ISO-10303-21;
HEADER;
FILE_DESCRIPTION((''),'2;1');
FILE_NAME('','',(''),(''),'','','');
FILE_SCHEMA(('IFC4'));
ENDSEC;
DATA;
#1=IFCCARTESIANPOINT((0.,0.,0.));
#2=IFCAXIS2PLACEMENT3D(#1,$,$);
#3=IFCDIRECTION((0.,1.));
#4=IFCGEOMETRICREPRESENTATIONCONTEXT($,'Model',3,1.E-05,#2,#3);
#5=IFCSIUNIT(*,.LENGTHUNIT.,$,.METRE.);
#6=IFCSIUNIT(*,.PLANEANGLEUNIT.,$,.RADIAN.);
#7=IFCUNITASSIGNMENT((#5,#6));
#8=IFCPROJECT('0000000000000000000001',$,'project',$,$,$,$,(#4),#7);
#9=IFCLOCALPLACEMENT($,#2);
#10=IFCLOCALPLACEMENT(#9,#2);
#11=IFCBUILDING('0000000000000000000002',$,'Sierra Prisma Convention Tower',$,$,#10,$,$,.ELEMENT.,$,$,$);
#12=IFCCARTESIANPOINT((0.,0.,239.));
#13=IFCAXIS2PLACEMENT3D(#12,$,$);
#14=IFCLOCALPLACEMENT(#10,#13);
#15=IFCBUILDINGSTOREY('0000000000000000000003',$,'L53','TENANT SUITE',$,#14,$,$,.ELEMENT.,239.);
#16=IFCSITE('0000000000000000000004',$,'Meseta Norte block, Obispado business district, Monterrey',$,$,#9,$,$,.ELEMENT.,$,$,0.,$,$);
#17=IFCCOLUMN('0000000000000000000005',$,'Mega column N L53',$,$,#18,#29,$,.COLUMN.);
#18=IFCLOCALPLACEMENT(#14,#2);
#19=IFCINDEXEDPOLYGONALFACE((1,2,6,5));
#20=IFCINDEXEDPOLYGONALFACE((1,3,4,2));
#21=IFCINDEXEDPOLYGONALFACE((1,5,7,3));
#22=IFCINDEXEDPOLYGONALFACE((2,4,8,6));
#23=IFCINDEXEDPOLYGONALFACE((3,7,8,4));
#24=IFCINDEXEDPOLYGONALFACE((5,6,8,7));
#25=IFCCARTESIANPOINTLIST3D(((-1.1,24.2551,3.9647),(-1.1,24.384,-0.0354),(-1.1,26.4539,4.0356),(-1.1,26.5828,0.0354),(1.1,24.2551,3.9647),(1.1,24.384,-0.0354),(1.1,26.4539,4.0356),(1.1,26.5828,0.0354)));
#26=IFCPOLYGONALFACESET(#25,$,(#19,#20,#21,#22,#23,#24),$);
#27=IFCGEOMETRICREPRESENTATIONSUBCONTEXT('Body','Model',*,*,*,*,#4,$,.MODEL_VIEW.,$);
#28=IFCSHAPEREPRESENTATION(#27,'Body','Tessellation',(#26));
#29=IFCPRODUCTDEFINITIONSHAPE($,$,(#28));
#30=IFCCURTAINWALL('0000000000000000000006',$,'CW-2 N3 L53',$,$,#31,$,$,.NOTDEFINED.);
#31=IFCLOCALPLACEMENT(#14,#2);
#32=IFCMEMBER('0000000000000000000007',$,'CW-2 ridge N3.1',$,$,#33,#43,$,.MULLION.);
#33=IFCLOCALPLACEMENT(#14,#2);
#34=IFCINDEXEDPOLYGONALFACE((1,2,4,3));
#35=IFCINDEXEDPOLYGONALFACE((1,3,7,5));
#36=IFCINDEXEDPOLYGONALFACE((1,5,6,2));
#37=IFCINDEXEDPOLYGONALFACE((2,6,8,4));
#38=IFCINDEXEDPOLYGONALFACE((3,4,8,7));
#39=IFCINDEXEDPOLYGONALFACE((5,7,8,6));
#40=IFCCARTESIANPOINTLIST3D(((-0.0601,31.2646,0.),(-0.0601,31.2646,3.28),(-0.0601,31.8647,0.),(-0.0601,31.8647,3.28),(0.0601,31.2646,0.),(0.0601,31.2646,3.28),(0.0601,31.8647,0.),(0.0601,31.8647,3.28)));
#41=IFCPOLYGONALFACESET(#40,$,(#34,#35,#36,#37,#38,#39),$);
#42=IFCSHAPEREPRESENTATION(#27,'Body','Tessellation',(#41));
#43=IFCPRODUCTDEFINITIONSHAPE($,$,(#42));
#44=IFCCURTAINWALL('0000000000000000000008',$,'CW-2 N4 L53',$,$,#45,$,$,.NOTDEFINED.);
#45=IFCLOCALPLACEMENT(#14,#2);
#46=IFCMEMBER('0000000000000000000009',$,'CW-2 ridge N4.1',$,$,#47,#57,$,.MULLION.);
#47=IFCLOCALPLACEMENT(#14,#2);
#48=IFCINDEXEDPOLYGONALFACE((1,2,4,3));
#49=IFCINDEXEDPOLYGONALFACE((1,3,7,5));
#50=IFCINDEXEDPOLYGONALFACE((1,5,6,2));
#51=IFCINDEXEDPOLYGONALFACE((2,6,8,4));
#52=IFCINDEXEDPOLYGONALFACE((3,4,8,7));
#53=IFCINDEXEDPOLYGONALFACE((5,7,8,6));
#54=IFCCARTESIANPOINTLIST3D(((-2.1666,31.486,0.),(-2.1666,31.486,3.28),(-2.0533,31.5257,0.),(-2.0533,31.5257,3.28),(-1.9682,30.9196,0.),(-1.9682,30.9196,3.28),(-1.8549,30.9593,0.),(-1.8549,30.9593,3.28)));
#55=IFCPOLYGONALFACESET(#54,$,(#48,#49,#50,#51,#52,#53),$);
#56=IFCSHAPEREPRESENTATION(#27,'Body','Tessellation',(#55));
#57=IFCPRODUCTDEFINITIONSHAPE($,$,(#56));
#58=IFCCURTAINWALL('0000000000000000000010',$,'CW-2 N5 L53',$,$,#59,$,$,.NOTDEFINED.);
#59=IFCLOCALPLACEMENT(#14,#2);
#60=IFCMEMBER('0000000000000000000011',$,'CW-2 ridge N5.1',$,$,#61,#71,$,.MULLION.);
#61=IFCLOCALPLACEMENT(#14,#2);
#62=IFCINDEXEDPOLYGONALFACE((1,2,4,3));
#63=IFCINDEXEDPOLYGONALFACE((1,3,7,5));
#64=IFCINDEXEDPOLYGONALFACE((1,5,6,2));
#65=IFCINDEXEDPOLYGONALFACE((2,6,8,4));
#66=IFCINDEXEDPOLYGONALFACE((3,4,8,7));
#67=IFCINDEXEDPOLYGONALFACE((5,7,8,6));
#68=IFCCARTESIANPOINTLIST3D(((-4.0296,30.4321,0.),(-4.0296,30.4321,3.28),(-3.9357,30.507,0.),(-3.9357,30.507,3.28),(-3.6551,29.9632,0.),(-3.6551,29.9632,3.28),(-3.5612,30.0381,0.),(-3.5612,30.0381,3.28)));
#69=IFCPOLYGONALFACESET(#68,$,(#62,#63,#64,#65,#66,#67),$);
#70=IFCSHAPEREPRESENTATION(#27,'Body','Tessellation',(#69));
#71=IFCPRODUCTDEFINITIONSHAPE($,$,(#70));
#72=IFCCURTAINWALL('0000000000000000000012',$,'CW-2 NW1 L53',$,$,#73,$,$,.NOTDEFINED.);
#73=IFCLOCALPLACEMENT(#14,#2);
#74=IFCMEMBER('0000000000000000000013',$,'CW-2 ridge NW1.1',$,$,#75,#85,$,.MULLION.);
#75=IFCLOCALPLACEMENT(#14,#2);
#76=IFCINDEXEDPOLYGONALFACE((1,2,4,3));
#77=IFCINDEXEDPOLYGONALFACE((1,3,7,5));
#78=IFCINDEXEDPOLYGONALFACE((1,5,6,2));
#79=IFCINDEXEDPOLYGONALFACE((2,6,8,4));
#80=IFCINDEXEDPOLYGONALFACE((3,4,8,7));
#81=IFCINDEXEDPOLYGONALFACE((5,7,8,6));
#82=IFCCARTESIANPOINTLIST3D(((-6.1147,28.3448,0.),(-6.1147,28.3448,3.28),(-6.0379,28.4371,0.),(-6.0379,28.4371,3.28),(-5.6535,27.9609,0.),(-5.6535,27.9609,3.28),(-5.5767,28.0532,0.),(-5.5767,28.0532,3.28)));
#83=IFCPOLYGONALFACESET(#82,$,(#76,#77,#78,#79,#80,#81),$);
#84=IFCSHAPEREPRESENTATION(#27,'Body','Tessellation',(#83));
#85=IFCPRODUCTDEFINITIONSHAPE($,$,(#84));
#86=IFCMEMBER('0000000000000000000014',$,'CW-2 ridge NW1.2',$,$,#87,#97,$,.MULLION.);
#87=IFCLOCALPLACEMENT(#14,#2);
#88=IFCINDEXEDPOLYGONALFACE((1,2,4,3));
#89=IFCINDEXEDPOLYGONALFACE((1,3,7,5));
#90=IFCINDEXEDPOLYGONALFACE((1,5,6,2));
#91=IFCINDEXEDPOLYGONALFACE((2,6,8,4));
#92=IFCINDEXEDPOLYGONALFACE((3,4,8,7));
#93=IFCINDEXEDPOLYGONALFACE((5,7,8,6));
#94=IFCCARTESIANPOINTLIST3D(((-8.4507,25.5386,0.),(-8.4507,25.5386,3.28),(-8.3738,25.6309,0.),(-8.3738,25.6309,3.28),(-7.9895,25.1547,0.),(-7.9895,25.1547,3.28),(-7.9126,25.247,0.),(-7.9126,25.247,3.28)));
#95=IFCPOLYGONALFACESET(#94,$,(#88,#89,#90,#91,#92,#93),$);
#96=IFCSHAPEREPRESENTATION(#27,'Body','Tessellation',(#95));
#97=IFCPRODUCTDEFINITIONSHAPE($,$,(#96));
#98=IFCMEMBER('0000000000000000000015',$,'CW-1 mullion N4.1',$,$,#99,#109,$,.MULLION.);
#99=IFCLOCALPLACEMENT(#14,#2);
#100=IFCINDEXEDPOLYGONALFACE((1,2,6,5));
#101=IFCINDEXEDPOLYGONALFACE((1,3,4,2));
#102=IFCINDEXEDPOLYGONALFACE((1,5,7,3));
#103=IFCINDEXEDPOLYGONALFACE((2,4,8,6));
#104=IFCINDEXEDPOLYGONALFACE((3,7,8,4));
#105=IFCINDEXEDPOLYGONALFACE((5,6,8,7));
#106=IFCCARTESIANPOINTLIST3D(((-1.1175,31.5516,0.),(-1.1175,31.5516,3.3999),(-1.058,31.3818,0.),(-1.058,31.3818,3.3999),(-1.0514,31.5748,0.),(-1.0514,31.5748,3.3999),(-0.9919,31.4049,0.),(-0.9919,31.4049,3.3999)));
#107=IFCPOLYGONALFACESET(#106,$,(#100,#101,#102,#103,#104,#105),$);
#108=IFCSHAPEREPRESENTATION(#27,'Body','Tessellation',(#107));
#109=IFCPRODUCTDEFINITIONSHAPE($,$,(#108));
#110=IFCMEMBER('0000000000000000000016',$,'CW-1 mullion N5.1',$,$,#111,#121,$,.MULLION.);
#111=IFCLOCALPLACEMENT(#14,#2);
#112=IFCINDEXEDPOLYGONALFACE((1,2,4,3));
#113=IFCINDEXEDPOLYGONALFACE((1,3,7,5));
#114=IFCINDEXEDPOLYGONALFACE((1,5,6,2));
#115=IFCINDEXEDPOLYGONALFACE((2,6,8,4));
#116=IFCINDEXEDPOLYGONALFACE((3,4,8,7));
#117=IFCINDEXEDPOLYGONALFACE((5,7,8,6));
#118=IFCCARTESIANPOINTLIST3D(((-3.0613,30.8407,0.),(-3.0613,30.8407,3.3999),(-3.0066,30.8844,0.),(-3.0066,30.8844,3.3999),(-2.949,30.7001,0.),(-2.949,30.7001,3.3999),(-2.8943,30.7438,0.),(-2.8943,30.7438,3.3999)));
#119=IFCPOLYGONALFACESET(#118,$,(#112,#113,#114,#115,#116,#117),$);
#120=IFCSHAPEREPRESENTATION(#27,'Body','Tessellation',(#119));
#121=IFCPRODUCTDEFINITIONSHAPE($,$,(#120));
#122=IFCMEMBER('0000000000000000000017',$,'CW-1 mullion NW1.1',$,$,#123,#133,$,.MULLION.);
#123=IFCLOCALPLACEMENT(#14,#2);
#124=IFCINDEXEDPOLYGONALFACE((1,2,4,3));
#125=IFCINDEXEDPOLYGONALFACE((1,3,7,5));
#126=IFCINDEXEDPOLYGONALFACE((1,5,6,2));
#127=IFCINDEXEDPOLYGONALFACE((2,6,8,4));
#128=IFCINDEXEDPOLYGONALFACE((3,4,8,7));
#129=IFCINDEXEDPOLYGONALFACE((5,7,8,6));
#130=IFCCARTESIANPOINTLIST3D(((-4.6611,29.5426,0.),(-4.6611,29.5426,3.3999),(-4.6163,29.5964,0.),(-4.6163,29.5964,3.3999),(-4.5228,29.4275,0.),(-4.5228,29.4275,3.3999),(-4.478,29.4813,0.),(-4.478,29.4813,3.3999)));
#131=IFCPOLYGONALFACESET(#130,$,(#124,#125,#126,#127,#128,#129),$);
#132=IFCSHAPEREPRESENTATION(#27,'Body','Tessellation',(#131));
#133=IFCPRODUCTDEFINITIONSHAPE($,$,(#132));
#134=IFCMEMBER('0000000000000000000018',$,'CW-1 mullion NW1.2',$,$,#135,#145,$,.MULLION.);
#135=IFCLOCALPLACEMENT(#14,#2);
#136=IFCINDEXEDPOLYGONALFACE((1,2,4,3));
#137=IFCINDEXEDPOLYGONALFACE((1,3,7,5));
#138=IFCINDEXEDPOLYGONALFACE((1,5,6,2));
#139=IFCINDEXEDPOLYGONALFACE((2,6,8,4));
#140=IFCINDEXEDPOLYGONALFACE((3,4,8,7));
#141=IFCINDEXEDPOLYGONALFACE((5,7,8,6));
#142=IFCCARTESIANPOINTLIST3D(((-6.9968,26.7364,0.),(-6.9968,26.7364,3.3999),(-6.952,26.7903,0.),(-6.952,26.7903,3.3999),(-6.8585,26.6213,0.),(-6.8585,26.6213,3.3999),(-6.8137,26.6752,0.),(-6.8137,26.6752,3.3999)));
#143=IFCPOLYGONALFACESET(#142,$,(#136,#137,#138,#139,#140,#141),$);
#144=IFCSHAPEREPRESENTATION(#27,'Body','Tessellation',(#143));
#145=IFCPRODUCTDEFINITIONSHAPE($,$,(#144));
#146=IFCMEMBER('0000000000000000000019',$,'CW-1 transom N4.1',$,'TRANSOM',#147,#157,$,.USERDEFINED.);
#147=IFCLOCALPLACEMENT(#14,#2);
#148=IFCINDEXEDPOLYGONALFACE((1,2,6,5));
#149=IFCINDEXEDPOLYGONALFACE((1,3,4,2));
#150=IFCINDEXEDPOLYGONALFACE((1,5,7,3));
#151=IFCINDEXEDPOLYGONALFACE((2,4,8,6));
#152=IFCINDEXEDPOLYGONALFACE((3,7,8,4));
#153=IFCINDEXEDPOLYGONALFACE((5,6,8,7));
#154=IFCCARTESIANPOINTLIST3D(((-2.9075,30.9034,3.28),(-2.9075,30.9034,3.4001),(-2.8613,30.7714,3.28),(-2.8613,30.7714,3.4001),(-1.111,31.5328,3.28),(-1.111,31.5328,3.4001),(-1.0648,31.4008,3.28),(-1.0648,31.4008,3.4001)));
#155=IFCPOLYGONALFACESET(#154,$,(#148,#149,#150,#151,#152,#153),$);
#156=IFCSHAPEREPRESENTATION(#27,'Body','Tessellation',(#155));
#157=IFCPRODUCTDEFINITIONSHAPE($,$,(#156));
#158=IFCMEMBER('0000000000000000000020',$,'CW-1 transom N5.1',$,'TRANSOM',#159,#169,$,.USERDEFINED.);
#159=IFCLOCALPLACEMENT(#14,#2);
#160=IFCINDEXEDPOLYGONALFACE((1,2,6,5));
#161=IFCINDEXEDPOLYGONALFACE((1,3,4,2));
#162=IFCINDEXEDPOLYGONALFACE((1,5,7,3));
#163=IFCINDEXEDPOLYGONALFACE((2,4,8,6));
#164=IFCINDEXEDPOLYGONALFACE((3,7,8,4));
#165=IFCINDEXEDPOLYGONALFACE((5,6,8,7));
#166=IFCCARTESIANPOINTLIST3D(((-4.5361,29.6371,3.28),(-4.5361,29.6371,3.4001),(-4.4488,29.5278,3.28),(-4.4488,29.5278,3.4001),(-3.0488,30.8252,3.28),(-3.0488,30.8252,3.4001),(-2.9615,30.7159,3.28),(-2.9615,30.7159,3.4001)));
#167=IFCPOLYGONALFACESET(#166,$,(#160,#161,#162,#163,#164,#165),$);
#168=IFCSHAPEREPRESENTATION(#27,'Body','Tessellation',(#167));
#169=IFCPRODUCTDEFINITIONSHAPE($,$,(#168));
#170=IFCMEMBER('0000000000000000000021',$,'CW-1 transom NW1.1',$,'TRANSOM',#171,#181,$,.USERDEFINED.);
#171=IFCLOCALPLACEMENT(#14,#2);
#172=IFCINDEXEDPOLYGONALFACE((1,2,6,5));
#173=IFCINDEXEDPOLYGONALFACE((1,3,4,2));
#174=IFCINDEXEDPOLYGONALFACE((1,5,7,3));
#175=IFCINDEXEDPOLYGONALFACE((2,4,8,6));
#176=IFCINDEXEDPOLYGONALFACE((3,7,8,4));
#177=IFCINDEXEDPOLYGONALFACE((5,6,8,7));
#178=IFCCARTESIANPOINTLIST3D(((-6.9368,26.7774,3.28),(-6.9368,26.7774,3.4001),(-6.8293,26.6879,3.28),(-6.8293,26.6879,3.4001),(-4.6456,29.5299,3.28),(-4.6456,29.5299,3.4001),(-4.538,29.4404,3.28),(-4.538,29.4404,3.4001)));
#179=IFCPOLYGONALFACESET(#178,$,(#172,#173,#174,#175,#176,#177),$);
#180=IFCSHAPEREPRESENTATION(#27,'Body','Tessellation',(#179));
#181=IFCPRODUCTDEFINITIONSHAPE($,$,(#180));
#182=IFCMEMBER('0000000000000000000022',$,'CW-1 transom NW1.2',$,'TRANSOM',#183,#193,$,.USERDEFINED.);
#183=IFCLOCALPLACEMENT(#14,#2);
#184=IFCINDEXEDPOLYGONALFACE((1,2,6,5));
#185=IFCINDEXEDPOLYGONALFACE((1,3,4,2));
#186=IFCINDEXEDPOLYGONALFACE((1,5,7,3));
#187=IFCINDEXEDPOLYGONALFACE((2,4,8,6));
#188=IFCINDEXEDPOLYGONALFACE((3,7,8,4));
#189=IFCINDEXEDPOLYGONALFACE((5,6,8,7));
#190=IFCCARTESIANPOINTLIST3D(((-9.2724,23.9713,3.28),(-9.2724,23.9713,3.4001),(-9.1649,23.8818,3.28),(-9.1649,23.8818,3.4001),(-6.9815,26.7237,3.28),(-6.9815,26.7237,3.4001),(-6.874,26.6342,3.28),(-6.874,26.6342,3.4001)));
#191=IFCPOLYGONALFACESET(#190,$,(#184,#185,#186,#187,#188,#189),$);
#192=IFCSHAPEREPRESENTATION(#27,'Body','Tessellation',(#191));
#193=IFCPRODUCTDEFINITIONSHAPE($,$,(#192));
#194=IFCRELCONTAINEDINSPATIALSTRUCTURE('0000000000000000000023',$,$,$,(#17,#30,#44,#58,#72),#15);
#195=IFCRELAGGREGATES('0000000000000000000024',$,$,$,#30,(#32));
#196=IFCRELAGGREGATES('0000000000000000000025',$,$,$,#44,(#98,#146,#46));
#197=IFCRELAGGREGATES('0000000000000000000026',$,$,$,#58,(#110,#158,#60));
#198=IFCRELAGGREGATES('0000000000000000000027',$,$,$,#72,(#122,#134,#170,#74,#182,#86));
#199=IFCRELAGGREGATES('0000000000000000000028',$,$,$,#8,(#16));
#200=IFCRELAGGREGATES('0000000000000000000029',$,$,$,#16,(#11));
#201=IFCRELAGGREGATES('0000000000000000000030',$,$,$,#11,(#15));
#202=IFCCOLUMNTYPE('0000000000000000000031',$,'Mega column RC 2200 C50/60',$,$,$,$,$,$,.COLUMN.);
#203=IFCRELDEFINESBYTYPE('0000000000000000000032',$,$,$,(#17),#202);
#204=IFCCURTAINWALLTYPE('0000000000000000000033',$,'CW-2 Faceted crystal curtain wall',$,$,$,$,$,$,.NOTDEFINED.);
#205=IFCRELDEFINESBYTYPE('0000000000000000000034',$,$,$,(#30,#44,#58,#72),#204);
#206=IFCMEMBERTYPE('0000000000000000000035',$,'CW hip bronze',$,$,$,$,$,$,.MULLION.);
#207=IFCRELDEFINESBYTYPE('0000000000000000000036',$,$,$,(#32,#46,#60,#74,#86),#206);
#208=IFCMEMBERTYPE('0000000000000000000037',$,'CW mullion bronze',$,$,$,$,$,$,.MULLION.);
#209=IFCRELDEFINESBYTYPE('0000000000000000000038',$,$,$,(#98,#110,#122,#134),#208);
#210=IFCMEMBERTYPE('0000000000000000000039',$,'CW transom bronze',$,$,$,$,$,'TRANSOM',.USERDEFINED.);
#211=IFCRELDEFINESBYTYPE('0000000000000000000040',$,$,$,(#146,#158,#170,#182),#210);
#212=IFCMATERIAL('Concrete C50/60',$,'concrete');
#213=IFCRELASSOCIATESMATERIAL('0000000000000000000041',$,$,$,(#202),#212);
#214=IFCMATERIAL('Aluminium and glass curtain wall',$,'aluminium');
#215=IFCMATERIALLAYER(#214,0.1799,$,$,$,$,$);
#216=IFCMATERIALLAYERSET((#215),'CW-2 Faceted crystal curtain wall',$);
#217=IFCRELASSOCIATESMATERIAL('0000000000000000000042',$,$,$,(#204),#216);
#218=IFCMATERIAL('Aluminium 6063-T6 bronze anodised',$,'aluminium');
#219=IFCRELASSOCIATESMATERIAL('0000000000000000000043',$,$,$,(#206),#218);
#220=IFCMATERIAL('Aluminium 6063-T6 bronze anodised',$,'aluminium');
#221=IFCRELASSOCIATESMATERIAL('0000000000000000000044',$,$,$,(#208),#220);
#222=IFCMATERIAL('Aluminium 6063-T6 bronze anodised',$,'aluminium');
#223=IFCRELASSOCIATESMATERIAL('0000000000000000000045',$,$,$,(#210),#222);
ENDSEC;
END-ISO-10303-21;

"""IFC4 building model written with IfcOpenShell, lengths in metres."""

from ifc_helpers import new_model, si_unit, direction, frame, origin, origin_2d, place, context, subcontext, project, spatial, rectangle, extrude, material, layer, layer_set, material_profile, profile_set, type_object, element, aggregate, save


model = new_model("IFC4")

# Units and contexts
model_context = context("Model", 3, precision=1e-05, world=origin(), true_north=direction((0.0, 1.0)))
body_context = subcontext(model_context, "Body", "Model", "MODEL_VIEW")
ifc_project = project(units=[si_unit("LENGTHUNIT", "METRE"), si_unit("PLANEANGLEUNIT", "RADIAN")], contexts=[model_context])

# Site, building, storey
site_placement = place(None, origin())
site = spatial("IfcSite", under=ifc_project, at=site_placement, Name="Meseta Norte block, Obispado business district, Monterrey", CompositionType="ELEMENT", RefElevation=0.0)
building_placement = place(site_placement, origin())
building = spatial("IfcBuilding", under=site, at=building_placement, Name="Sierra Prisma Convention Tower", CompositionType="ELEMENT")
storey_placement = place(building_placement, frame((0.0, 0.0, 239.0)))
storey = spatial("IfcBuildingStorey", under=building, at=storey_placement, Name="L53", Description="TENANT SUITE", CompositionType="ELEMENT", Elevation=239.0)

# Column
ifc_material_1 = material(Name="Concrete C50/60", Category="concrete")
ifc_material_profile_1 = material_profile(ifc_material_1, rectangle(XDim=2.2, YDim=2.2, at=origin_2d()), Name="Mega column RC 2200 C50/60")
ifc_profile_set_1 = profile_set([ifc_material_profile_1], Name="Concrete C50/60")
column_type = type_object("IfcColumnType", Name="Mega column RC 2200 C50/60", PredefinedType="COLUMN", material=ifc_profile_set_1)
column_placement = place(storey_placement, frame((0.0, 25.4834, 0.0), z_axis=(0.0, -0.03221, 0.999481), x_axis=(1.0, 0.0, 0.0)))
element("IfcColumn", 1, at=column_placement, inside=storey, type_object=column_type, Name="Mega column N L53", PredefinedType="COLUMN", context=body_context, shape_type="SweptSolid", body=[
    extrude(rectangle(XDim=2.2, YDim=2.2, at=origin_2d()), origin(), (0.0, 0.0, 1.0), 4.0022),
])

# Curtain walls, members
ifc_material_2 = material(Name="Aluminium and glass curtain wall", Category="aluminium")
ifc_layer_1 = layer(ifc_material_2, 0.1799)
ifc_layer_set_1 = layer_set([ifc_layer_1], Name="CW-2 Faceted crystal curtain wall")
curtain_wall_type = type_object("IfcCurtainWallType", Name="CW-2 Faceted crystal curtain wall", PredefinedType="NOTDEFINED", material=ifc_layer_set_1)
curtain_wall_1_placement = place(storey_placement, origin())
curtain_wall_1 = element("IfcCurtainWall", 2, at=curtain_wall_1_placement, inside=storey, type_object=curtain_wall_type, Name="CW-2 N3 L53", PredefinedType="NOTDEFINED")
ifc_material_3 = material(Name="Aluminium 6063-T6 bronze anodised", Category="aluminium")
ifc_material_profile_2 = material_profile(ifc_material_3, rectangle(XDim=0.1201, YDim=0.6001, at=origin_2d()), Name="ALU RIDGE BLADE 120x600")
ifc_profile_set_2 = profile_set([ifc_material_profile_2], Name="Aluminium 6063-T6 bronze anodised")
member_type_1 = type_object("IfcMemberType", Name="CW hip bronze", PredefinedType="MULLION", material=ifc_profile_set_2)
member_1_placement = place(storey_placement, frame((0.0, 31.5647, 0.0), z_axis=(0.0, 0.0, 1.0), x_axis=(-1.0, 0.0, 0.0)))
member_1 = element("IfcMember", 3, at=member_1_placement, type_object=member_type_1, Name="CW-2 ridge N3.1", PredefinedType="MULLION", context=body_context, shape_type="SweptSolid", body=[
    extrude(rectangle(XDim=0.1201, YDim=0.6001, at=origin_2d()), origin(), (0.0, 0.0, 1.0), 3.28),
])
curtain_wall_2_placement = place(storey_placement, origin())
curtain_wall_2 = element("IfcCurtainWall", 4, at=curtain_wall_2_placement, inside=storey, type_object=curtain_wall_type, Name="CW-2 N4 L53", PredefinedType="NOTDEFINED")
member_2_placement = place(storey_placement, frame((-2.0107, 31.2227, 0.0), z_axis=(0.0, 0.0, 1.0), x_axis=(-0.943754, -0.330649, 0.0)))
member_2 = element("IfcMember", 5, at=member_2_placement, type_object=member_type_1, Name="CW-2 ridge N4.1", PredefinedType="MULLION", context=body_context, shape_type="SweptSolid", body=[
    extrude(rectangle(XDim=0.1201, YDim=0.6001, at=origin_2d()), origin(), (0.0, 0.0, 1.0), 3.28),
])
curtain_wall_3_placement = place(storey_placement, origin())
curtain_wall_3 = element("IfcCurtainWall", 6, at=curtain_wall_3_placement, inside=storey, type_object=curtain_wall_type, Name="CW-2 N5 L53", PredefinedType="NOTDEFINED")
member_3_placement = place(storey_placement, frame((-3.7954, 30.2351, 0.0), z_axis=(0.0, 0.0, 1.0), x_axis=(-0.781342, -0.624103, 0.0)))
member_3 = element("IfcMember", 7, at=member_3_placement, type_object=member_type_1, Name="CW-2 ridge N5.1", PredefinedType="MULLION", context=body_context, shape_type="SweptSolid", body=[
    extrude(rectangle(XDim=0.1201, YDim=0.6001, at=origin_2d()), origin(), (0.0, 0.0, 1.0), 3.28),
])

# Curtain wall, members
curtain_wall_4_placement = place(storey_placement, origin())
curtain_wall_4 = element("IfcCurtainWall", 8, at=curtain_wall_4_placement, inside=storey, type_object=curtain_wall_type, Name="CW-2 NW1 L53", PredefinedType="NOTDEFINED")
member_4_placement = place(storey_placement, frame((-5.8457, 28.199, 0.0), z_axis=(0.0, 0.0, 1.0), x_axis=(-0.639769, -0.768567, 0.0)))
member_4 = element("IfcMember", 9, at=member_4_placement, type_object=member_type_1, Name="CW-2 ridge NW1.1", PredefinedType="MULLION", context=body_context, shape_type="SweptSolid", body=[
    extrude(rectangle(XDim=0.1201, YDim=0.6001, at=origin_2d()), origin(), (0.0, 0.0, 1.0), 3.28),
])
member_5_placement = place(storey_placement, frame((-8.1816, 25.3928, 0.0), z_axis=(0.0, 0.0, 1.0), x_axis=(-0.639769, -0.768567, 0.0)))
member_5 = element("IfcMember", 10, at=member_5_placement, type_object=member_type_1, Name="CW-2 ridge NW1.2", PredefinedType="MULLION", context=body_context, shape_type="SweptSolid", body=[
    extrude(rectangle(XDim=0.1201, YDim=0.6001, at=origin_2d()), origin(), (0.0, 0.0, 1.0), 3.28),
])

# Members
ifc_material_4 = material(Name="Aluminium 6063-T6 bronze anodised", Category="aluminium")
ifc_material_profile_3 = material_profile(ifc_material_4, rectangle(XDim=0.1799, YDim=0.0701, at=origin_2d()), Name="ALU MULLION 70x180")
ifc_profile_set_3 = profile_set([ifc_material_profile_3], Name="Aluminium 6063-T6 bronze anodised")
member_type_2 = type_object("IfcMemberType", Name="CW mullion bronze", PredefinedType="MULLION", material=ifc_profile_set_3)
member_6_placement = place(storey_placement, frame((-1.0547, 31.4783, 0.0), z_axis=(0.0, 0.0, 1.0), x_axis=(0.330649, -0.943754, 0.0)))
member_6 = element("IfcMember", 11, at=member_6_placement, type_object=member_type_2, Name="CW-1 mullion N4.1", PredefinedType="MULLION", context=body_context, shape_type="SweptSolid", body=[
    extrude(rectangle(XDim=0.1799, YDim=0.0701, at=origin_2d()), origin(), (0.0, 0.0, 1.0), 3.3999),
])
member_7_placement = place(storey_placement, frame((-2.9778, 30.7922, 0.0), z_axis=(0.0, 0.0, 1.0), x_axis=(0.624103, -0.781342, 0.0)))
member_7 = element("IfcMember", 12, at=member_7_placement, type_object=member_type_2, Name="CW-1 mullion N5.1", PredefinedType="MULLION", context=body_context, shape_type="SweptSolid", body=[
    extrude(rectangle(XDim=0.1799, YDim=0.0701, at=origin_2d()), origin(), (0.0, 0.0, 1.0), 3.3999),
])
member_8_placement = place(storey_placement, frame((-4.5696, 29.512, 0.0), z_axis=(0.0, 0.0, 1.0), x_axis=(0.768567, -0.639769, 0.0)))
member_8 = element("IfcMember", 13, at=member_8_placement, type_object=member_type_2, Name="CW-1 mullion NW1.1", PredefinedType="MULLION", context=body_context, shape_type="SweptSolid", body=[
    extrude(rectangle(XDim=0.1799, YDim=0.0701, at=origin_2d()), origin(), (0.0, 0.0, 1.0), 3.3999),
])
member_9_placement = place(storey_placement, frame((-6.9053, 26.7058, 0.0), z_axis=(0.0, 0.0, 1.0), x_axis=(0.768567, -0.639769, 0.0)))
member_9 = element("IfcMember", 14, at=member_9_placement, type_object=member_type_2, Name="CW-1 mullion NW1.2", PredefinedType="MULLION", context=body_context, shape_type="SweptSolid", body=[
    extrude(rectangle(XDim=0.1799, YDim=0.0701, at=origin_2d()), origin(), (0.0, 0.0, 1.0), 3.3999),
])
ifc_material_5 = material(Name="Aluminium 6063-T6 bronze anodised", Category="aluminium")
ifc_material_profile_4 = material_profile(ifc_material_5, rectangle(XDim=0.1399, YDim=0.1201, at=origin_2d()), Name="ALU TRANSOM 120x140")
ifc_profile_set_4 = profile_set([ifc_material_profile_4], Name="Aluminium 6063-T6 bronze anodised")
member_type_3 = type_object("IfcMemberType", Name="CW transom bronze", ElementType="TRANSOM", PredefinedType="USERDEFINED", material=ifc_profile_set_4)
member_10_placement = place(storey_placement, frame((-1.0879, 31.4668, 3.3401), z_axis=(-0.94375, -0.330659, 0.0), x_axis=(0.330659, -0.94375, 0.0)))
member_10 = element("IfcMember", 15, at=member_10_placement, type_object=member_type_3, Name="CW-1 transom N4.1", ObjectType="TRANSOM", PredefinedType="USERDEFINED", context=body_context, shape_type="SweptSolid", body=[
    extrude(rectangle(XDim=0.1399, YDim=0.1201, at=origin_2d()), origin(), (0.0, 0.0, 1.0), 1.9036),
])
member_11_placement = place(storey_placement, frame((-3.0051, 30.7705, 3.3401), z_axis=(-0.781344, -0.624101, 0.0), x_axis=(0.624101, -0.781344, 0.0)))
member_11 = element("IfcMember", 16, at=member_11_placement, type_object=member_type_3, Name="CW-1 transom N5.1", ObjectType="TRANSOM", PredefinedType="USERDEFINED", context=body_context, shape_type="SweptSolid", body=[
    extrude(rectangle(XDim=0.1399, YDim=0.1201, at=origin_2d()), origin(), (0.0, 0.0, 1.0), 1.9036),
])
member_12_placement = place(storey_placement, frame((-4.5918, 29.4851, 3.3401), z_axis=(-0.639782, -0.768556, 0.0), x_axis=(0.768556, -0.639782, 0.0)))
member_12 = element("IfcMember", 17, at=member_12_placement, type_object=member_type_3, Name="CW-1 transom NW1.1", ObjectType="TRANSOM", PredefinedType="USERDEFINED", context=body_context, shape_type="SweptSolid", body=[
    extrude(rectangle(XDim=0.1399, YDim=0.1201, at=origin_2d()), origin(), (0.0, 0.0, 1.0), 3.5813),
])
member_13_placement = place(storey_placement, frame((-6.9277, 26.679, 3.3401), z_axis=(-0.639742, -0.76859, 0.0), x_axis=(0.76859, -0.639742, 0.0)))
member_13 = element("IfcMember", 18, at=member_13_placement, type_object=member_type_3, Name="CW-1 transom NW1.2", ObjectType="TRANSOM", PredefinedType="USERDEFINED", context=body_context, shape_type="SweptSolid", body=[
    extrude(rectangle(XDim=0.1399, YDim=0.1201, at=origin_2d()), origin(), (0.0, 0.0, 1.0), 3.5811),
])

aggregate(curtain_wall_1, [member_1])
aggregate(curtain_wall_2, [member_6, member_10, member_2])
aggregate(curtain_wall_3, [member_7, member_11, member_3])
aggregate(curtain_wall_4, [member_8, member_9, member_12, member_4, member_13, member_5])

save(model, "model.ifc")
